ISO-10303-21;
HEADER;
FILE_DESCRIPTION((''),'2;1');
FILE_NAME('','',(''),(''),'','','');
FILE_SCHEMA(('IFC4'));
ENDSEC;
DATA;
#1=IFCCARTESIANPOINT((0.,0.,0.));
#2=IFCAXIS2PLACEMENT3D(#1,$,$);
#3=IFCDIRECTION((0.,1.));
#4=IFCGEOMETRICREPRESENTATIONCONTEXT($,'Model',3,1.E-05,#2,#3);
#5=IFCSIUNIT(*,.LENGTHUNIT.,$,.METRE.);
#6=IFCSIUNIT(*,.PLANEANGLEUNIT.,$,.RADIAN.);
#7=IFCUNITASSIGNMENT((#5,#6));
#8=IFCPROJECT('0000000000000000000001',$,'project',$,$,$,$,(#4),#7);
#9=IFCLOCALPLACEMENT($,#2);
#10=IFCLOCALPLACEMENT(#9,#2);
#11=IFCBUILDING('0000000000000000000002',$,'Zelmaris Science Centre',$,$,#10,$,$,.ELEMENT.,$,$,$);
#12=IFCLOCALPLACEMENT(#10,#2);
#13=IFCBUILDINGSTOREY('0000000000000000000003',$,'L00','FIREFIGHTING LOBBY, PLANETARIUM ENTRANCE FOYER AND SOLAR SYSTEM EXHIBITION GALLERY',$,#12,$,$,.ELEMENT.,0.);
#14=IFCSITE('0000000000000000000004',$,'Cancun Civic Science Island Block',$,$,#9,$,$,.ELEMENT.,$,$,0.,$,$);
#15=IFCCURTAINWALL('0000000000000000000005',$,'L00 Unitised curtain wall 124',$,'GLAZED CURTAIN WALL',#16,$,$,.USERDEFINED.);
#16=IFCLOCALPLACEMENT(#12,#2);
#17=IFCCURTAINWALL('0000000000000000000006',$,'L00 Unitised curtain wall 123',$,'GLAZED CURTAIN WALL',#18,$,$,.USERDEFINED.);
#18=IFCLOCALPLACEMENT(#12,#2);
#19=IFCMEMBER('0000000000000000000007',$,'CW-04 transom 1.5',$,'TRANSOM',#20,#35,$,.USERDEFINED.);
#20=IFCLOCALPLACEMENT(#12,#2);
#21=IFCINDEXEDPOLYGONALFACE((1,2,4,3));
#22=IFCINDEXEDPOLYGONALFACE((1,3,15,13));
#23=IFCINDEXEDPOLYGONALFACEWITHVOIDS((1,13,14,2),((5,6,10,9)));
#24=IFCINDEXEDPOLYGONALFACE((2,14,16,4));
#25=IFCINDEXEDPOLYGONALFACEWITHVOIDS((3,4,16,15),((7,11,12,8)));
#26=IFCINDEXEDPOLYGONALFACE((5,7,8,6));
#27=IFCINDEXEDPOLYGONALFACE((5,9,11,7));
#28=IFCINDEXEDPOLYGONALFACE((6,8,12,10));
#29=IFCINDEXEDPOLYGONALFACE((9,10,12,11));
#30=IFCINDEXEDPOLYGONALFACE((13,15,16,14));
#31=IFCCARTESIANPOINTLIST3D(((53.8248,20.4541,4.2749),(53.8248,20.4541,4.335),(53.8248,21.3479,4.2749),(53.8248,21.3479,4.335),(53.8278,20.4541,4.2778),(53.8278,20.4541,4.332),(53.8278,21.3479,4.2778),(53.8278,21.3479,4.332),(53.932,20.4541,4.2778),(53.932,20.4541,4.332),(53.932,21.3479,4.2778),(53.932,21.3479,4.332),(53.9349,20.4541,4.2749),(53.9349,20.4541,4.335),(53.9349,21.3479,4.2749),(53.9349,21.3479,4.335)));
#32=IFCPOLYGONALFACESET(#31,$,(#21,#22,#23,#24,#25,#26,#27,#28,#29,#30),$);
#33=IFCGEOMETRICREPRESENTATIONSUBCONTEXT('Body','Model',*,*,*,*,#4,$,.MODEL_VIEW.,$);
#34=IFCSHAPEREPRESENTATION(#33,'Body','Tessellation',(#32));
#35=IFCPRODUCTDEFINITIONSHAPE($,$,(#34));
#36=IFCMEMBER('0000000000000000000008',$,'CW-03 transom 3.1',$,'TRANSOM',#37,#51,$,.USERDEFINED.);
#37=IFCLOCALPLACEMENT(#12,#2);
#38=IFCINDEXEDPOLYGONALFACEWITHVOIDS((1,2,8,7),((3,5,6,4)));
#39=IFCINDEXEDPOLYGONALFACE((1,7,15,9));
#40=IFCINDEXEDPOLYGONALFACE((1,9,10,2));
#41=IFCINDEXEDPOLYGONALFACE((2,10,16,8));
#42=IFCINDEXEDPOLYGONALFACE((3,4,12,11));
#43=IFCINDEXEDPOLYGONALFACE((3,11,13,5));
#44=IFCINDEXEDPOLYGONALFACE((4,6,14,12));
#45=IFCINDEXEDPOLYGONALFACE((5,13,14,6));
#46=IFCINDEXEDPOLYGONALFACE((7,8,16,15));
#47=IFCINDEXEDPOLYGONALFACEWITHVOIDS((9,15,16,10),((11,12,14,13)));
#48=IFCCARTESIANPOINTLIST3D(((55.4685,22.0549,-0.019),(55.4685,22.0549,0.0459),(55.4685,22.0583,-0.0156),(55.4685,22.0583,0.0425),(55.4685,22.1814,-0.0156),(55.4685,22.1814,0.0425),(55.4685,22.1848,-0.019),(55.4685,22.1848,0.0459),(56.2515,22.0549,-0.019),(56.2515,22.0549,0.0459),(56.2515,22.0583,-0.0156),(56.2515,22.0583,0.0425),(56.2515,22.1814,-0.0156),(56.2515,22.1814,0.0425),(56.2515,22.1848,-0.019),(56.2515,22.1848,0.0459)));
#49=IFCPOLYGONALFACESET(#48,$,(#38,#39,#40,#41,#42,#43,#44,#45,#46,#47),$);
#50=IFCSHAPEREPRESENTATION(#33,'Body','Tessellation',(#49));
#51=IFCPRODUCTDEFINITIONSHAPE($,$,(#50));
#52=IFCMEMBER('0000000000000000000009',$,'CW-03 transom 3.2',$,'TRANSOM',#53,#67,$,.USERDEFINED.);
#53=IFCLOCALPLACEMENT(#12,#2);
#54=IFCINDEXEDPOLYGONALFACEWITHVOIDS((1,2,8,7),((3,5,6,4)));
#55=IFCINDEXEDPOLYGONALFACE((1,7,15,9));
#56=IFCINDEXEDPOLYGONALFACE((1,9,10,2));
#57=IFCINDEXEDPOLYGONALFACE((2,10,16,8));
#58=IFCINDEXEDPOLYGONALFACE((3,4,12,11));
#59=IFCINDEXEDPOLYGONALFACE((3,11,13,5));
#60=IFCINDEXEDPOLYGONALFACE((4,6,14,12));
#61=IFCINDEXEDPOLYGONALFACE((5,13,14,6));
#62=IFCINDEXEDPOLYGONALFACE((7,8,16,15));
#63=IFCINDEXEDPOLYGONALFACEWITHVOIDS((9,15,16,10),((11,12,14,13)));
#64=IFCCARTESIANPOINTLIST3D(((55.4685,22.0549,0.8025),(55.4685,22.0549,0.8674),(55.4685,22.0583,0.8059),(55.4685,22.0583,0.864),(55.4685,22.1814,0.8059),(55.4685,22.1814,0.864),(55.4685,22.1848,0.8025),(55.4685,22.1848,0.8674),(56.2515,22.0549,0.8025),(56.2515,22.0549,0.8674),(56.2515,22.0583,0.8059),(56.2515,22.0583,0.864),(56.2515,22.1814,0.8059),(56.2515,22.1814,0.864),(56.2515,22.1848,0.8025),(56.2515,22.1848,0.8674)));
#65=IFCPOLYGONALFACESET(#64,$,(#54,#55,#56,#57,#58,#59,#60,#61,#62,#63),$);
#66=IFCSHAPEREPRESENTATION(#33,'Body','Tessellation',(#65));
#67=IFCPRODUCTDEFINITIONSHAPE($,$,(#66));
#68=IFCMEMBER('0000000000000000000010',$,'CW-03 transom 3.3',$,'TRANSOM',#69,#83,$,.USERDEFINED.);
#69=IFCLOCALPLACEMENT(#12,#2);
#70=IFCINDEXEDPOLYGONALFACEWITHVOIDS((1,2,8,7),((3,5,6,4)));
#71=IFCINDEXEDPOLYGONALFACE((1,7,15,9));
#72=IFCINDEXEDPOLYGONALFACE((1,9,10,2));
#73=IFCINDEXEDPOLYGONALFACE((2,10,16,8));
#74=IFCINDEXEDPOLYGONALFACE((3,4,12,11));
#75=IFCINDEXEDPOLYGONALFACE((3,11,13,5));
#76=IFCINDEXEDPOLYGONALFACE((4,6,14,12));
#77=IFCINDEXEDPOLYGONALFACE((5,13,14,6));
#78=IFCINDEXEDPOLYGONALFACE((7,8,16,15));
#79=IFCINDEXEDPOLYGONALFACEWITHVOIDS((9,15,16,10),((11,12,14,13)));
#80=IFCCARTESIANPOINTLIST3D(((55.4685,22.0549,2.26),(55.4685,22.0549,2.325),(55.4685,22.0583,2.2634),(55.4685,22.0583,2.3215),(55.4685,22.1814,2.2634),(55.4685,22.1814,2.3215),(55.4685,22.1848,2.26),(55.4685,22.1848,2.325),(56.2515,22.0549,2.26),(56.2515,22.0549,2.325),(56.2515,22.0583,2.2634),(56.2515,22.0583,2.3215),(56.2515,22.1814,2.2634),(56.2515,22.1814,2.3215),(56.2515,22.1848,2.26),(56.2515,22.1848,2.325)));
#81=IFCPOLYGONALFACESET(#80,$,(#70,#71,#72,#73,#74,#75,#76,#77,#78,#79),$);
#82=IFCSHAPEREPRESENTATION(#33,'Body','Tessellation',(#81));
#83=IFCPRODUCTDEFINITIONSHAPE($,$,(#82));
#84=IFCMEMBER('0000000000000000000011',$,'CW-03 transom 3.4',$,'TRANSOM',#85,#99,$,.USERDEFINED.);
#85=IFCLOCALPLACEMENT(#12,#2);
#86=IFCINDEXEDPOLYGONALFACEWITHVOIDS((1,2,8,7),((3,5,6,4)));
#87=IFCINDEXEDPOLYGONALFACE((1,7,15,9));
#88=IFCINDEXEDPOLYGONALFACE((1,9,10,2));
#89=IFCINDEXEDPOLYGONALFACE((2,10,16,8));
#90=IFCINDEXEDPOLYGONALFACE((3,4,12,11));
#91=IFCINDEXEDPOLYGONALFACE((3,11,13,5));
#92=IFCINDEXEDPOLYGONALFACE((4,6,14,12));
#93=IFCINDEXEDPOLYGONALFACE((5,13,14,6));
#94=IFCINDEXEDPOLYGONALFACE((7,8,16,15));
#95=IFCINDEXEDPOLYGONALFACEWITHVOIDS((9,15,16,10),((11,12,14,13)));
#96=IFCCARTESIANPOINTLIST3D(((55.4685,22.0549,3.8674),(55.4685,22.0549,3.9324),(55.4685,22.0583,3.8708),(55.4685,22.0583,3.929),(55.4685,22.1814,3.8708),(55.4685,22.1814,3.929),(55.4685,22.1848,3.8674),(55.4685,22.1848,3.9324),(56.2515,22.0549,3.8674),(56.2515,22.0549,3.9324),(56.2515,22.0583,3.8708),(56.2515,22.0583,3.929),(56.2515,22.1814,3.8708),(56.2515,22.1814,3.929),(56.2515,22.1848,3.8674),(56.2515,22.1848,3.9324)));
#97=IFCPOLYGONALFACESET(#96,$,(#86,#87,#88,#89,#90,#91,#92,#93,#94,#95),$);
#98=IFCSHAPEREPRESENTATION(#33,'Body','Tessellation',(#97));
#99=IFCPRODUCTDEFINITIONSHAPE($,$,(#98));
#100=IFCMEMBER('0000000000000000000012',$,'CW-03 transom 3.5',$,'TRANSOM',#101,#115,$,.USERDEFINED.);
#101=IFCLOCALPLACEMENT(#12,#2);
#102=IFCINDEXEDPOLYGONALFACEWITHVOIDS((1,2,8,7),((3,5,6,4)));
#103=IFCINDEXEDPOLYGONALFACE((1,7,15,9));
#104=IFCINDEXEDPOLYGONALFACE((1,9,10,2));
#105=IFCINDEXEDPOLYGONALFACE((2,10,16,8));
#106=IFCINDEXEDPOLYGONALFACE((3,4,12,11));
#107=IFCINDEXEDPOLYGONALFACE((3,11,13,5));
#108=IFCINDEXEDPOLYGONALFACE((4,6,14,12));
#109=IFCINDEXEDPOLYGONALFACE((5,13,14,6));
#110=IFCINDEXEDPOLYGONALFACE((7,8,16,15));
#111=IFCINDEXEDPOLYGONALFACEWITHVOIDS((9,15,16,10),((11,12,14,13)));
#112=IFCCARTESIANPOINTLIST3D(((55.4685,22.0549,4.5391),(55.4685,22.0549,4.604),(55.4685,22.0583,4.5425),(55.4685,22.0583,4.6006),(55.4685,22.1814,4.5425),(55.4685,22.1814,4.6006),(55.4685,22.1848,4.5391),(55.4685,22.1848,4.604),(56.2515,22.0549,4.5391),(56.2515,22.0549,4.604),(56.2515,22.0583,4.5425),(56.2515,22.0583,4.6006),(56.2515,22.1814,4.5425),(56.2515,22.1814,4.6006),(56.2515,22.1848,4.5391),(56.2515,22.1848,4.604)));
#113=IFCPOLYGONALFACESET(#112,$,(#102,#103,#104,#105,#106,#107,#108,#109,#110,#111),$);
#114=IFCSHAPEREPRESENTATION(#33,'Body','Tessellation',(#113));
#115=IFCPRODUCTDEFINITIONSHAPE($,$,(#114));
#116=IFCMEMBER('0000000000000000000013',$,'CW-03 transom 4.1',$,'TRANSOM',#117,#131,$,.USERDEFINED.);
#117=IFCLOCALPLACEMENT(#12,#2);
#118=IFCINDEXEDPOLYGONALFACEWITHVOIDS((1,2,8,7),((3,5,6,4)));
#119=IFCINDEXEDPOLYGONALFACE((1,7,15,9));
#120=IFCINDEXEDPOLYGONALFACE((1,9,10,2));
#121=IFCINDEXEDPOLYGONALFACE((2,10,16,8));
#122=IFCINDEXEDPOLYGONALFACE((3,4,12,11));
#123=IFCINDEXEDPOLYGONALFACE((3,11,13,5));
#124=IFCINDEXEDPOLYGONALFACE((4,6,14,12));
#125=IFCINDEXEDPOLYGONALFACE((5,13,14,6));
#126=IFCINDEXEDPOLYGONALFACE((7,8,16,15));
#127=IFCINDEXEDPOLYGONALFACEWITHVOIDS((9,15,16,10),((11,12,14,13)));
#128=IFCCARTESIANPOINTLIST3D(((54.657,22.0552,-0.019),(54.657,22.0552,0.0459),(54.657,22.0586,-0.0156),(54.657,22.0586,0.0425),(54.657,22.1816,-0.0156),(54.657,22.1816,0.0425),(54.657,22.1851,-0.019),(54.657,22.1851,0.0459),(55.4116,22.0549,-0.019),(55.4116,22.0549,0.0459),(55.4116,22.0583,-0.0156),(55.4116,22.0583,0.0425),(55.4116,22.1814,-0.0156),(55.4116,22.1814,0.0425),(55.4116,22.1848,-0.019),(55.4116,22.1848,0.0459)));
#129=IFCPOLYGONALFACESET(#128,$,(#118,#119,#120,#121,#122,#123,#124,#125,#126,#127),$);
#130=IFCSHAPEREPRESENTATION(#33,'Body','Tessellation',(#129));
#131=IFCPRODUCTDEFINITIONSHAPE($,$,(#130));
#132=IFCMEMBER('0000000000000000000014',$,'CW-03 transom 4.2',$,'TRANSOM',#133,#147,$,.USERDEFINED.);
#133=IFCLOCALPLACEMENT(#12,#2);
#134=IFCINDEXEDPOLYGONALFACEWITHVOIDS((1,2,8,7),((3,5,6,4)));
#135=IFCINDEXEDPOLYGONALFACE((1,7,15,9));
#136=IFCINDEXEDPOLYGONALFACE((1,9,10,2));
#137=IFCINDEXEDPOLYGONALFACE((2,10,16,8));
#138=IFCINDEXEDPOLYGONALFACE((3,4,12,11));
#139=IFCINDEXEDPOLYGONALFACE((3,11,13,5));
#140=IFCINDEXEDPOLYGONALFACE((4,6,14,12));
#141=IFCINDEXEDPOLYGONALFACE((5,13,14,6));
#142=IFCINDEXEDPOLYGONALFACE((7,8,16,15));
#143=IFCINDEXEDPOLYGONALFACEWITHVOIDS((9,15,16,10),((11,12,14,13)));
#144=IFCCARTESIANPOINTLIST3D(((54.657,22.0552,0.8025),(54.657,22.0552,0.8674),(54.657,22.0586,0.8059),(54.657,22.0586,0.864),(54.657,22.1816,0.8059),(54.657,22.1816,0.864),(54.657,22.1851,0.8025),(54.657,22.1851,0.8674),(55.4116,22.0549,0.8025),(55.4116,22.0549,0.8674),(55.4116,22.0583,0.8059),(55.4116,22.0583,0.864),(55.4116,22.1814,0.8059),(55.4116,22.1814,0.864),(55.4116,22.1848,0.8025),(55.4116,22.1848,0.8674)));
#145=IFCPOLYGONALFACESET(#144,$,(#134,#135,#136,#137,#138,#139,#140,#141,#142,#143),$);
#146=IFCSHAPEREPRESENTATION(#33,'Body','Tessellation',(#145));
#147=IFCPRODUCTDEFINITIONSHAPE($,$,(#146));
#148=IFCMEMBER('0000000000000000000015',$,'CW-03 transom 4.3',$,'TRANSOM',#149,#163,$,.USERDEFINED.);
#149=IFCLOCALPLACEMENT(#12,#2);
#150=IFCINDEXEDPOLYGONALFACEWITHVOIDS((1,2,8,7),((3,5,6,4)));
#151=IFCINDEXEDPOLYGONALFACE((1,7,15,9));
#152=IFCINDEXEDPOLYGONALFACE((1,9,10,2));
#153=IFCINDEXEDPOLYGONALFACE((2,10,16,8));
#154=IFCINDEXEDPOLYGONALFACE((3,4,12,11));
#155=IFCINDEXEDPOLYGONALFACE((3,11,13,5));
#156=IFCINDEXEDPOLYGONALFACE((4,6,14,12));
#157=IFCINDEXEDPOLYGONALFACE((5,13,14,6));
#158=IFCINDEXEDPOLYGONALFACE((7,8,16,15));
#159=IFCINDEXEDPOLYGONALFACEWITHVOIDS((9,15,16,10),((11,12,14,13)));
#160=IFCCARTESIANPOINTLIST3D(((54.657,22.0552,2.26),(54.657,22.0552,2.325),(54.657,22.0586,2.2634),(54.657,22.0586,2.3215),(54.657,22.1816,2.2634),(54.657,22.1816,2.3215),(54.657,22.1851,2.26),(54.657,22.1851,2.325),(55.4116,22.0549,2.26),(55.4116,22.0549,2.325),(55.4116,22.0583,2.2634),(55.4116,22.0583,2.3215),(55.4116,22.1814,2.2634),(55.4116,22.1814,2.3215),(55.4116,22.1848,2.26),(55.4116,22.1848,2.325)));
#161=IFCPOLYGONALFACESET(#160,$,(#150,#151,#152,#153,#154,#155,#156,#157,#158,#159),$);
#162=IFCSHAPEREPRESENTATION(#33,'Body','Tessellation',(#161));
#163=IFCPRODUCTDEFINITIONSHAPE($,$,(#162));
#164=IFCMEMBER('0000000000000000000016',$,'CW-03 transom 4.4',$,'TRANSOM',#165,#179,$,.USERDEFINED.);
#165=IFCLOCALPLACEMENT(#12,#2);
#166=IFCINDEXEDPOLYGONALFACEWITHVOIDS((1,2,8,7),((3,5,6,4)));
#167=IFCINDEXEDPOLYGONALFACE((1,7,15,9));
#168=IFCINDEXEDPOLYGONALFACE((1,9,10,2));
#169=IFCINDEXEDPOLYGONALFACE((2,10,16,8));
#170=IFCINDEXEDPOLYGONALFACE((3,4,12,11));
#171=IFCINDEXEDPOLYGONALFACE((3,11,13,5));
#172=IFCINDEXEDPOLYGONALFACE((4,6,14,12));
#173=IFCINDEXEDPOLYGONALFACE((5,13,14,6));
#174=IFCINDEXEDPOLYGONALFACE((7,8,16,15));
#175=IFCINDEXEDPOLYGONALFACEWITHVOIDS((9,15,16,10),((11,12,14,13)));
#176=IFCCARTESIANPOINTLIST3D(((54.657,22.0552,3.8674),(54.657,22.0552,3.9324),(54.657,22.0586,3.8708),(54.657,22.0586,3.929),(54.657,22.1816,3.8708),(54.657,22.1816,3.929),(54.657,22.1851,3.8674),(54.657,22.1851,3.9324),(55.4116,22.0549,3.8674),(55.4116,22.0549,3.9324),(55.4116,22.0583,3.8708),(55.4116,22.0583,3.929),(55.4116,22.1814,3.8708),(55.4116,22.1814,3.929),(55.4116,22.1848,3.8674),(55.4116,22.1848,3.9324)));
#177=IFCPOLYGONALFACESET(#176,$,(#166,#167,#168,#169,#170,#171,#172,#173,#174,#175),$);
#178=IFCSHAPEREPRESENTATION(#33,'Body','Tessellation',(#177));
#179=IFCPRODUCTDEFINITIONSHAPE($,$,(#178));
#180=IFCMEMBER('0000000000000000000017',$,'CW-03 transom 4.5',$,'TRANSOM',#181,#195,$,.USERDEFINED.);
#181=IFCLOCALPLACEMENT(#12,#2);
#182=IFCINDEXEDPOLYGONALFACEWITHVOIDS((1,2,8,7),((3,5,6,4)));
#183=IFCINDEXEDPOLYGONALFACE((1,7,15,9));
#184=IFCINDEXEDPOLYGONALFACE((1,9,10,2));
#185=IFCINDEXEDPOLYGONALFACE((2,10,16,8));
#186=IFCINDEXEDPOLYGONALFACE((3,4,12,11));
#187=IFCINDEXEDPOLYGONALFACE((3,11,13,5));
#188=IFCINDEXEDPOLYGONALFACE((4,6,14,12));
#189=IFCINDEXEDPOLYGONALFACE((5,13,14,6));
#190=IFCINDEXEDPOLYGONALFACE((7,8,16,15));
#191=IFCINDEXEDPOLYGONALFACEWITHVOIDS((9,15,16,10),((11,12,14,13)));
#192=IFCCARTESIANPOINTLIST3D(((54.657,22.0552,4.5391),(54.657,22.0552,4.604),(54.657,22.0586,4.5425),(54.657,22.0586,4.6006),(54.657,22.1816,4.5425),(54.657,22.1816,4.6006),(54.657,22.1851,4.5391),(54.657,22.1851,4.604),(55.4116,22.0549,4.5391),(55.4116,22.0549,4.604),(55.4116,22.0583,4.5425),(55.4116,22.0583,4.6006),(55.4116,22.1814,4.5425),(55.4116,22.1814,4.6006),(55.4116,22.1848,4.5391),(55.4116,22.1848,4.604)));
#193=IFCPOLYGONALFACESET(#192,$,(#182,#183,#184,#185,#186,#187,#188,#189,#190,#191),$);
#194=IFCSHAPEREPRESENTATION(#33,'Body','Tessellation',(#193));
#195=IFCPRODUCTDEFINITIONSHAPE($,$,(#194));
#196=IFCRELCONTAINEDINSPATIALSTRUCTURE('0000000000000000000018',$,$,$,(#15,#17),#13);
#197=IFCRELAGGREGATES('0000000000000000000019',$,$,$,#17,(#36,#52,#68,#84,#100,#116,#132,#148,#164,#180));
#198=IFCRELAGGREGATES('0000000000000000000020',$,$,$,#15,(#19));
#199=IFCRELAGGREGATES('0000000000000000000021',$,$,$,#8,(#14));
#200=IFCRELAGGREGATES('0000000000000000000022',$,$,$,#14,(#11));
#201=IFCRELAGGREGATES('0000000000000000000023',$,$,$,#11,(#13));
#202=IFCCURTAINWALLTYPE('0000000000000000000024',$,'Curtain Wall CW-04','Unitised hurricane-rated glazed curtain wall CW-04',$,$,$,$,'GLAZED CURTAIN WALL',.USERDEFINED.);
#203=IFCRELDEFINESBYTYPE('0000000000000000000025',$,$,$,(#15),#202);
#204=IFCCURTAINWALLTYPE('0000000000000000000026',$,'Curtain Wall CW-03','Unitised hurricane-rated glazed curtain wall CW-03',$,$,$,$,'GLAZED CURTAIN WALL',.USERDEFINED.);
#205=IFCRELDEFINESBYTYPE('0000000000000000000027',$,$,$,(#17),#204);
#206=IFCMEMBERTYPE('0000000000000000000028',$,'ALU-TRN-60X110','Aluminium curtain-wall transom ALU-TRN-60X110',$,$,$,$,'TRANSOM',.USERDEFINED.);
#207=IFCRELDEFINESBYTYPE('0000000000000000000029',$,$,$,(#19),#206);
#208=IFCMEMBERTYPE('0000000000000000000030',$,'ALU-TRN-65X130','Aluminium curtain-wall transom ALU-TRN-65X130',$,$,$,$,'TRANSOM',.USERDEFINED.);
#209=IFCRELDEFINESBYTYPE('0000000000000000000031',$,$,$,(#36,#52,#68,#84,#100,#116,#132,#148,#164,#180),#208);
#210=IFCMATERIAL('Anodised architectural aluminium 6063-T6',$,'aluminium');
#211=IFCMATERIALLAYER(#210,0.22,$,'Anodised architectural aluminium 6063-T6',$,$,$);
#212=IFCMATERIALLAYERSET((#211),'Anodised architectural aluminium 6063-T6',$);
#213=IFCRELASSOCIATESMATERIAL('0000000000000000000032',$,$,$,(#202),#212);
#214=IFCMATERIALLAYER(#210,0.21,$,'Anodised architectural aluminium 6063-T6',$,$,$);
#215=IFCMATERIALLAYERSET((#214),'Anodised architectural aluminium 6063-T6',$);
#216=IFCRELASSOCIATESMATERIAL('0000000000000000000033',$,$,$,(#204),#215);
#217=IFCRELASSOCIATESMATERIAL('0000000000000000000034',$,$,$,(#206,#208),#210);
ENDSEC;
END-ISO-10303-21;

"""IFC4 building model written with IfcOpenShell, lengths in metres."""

from ifc_helpers import new_model, si_unit, direction, frame, origin, origin_2d, place, context, subcontext, project, spatial, hollow_rectangle, extrude, material, layer, layer_set, material_profile, profile_set, type_object, element, aggregate, save


model = new_model("IFC4")

# Units and contexts
model_context = context("Model", 3, precision=1e-05, world=origin(), true_north=direction((0.0, 1.0)))
body_context = subcontext(model_context, "Body", "Model", "MODEL_VIEW")
ifc_project = project(units=[si_unit("LENGTHUNIT", "METRE"), si_unit("PLANEANGLEUNIT", "RADIAN")], contexts=[model_context])

# Site, building, storey
site_placement = place(None, origin())
site = spatial("IfcSite", under=ifc_project, at=site_placement, Name="Cancun Civic Science Island Block", CompositionType="ELEMENT", RefElevation=0.0)
building_placement = place(site_placement, origin())
building = spatial("IfcBuilding", under=site, at=building_placement, Name="Zelmaris Science Centre", CompositionType="ELEMENT")
storey_placement = place(building_placement, origin())
storey = spatial("IfcBuildingStorey", under=building, at=storey_placement, Name="L00", Description="FIREFIGHTING LOBBY, PLANETARIUM ENTRANCE FOYER AND SOLAR SYSTEM EXHIBITION GALLERY", CompositionType="ELEMENT", Elevation=0.0)

# Curtain wall
ifc_material_1 = material(Name="Anodised architectural aluminium 6063-T6", Category="aluminium")
ifc_layer_1 = layer(ifc_material_1, 0.22, Name="Anodised architectural aluminium 6063-T6")
ifc_layer_set_1 = layer_set([ifc_layer_1], Name="Anodised architectural aluminium 6063-T6")
curtain_wall_type_1 = type_object("IfcCurtainWallType", Name="Curtain Wall CW-04", Description="Unitised hurricane-rated glazed curtain wall CW-04", ElementType="GLAZED CURTAIN WALL", PredefinedType="USERDEFINED", material=ifc_layer_set_1)
curtain_wall_1_placement = place(storey_placement, origin())
curtain_wall_1 = element("IfcCurtainWall", 1, at=curtain_wall_1_placement, inside=storey, type_object=curtain_wall_type_1, Name="L00 Unitised curtain wall 124", ObjectType="GLAZED CURTAIN WALL", PredefinedType="USERDEFINED")

# Curtain wall
ifc_layer_2 = layer(ifc_material_1, 0.21, Name="Anodised architectural aluminium 6063-T6")
ifc_layer_set_2 = layer_set([ifc_layer_2], Name="Anodised architectural aluminium 6063-T6")
curtain_wall_type_2 = type_object("IfcCurtainWallType", Name="Curtain Wall CW-03", Description="Unitised hurricane-rated glazed curtain wall CW-03", ElementType="GLAZED CURTAIN WALL", PredefinedType="USERDEFINED", material=ifc_layer_set_2)
curtain_wall_2_placement = place(storey_placement, origin())
curtain_wall_2 = element("IfcCurtainWall", 2, at=curtain_wall_2_placement, inside=storey, type_object=curtain_wall_type_2, Name="L00 Unitised curtain wall 123", ObjectType="GLAZED CURTAIN WALL", PredefinedType="USERDEFINED")

# Members
ifc_material_profile_1 = material_profile(ifc_material_1, hollow_rectangle(XDim=0.0601, YDim=0.1101, WallThickness=0.0029, at=origin_2d()), Name="ALU-TRN-60X110")
ifc_profile_set_1 = profile_set([ifc_material_profile_1], Name="Anodised architectural aluminium 6063-T6")
member_type_1 = type_object("IfcMemberType", Name="ALU-TRN-60X110", Description="Aluminium curtain-wall transom ALU-TRN-60X110", ElementType="TRANSOM", PredefinedType="USERDEFINED", material=ifc_profile_set_1)
member_1_placement = place(storey_placement, frame((53.8799, 21.3479, 4.3049), z_axis=(0.0, -1.0, 0.0), x_axis=(0.0, 0.0, 1.0)))
member_1 = element("IfcMember", 3, at=member_1_placement, type_object=member_type_1, Name="CW-04 transom 1.5", ObjectType="TRANSOM", PredefinedType="USERDEFINED", context=body_context, shape_type="SweptSolid", body=[
    extrude(hollow_rectangle(XDim=0.0601, YDim=0.1101, WallThickness=0.0029, at=origin_2d()), origin(), (0.0, 0.0, 1.0), 0.8938),
])
ifc_material_profile_2 = material_profile(ifc_material_1, hollow_rectangle(XDim=0.0649, YDim=0.1299, WallThickness=0.0034, at=origin_2d()), Name="ALU-TRN-65X130")
ifc_profile_set_2 = profile_set([ifc_material_profile_2], Name="Anodised architectural aluminium 6063-T6")
member_type_2 = type_object("IfcMemberType", Name="ALU-TRN-65X130", Description="Aluminium curtain-wall transom ALU-TRN-65X130", ElementType="TRANSOM", PredefinedType="USERDEFINED", material=ifc_profile_set_2)
member_2_placement = place(storey_placement, frame((56.2515, 22.1199, 0.0134), z_axis=(-1.0, 0.0, 0.0), x_axis=(0.0, 0.0, 1.0)))
member_2 = element("IfcMember", 4, at=member_2_placement, type_object=member_type_2, Name="CW-03 transom 3.1", ObjectType="TRANSOM", PredefinedType="USERDEFINED", context=body_context, shape_type="SweptSolid", body=[
    extrude(hollow_rectangle(XDim=0.0649, YDim=0.1299, WallThickness=0.0034, at=origin_2d()), origin(), (0.0, 0.0, 1.0), 0.783),
])
member_3_placement = place(storey_placement, frame((56.2515, 22.1199, 0.835), z_axis=(-1.0, 0.0, 0.0), x_axis=(0.0, 0.0, 1.0)))
member_3 = element("IfcMember", 5, at=member_3_placement, type_object=member_type_2, Name="CW-03 transom 3.2", ObjectType="TRANSOM", PredefinedType="USERDEFINED", context=body_context, shape_type="SweptSolid", body=[
    extrude(hollow_rectangle(XDim=0.0649, YDim=0.1299, WallThickness=0.0034, at=origin_2d()), origin(), (0.0, 0.0, 1.0), 0.783),
])
member_4_placement = place(storey_placement, frame((56.2515, 22.1199, 2.2925), z_axis=(-1.0, 0.0, 0.0), x_axis=(0.0, 0.0, 1.0)))
member_4 = element("IfcMember", 6, at=member_4_placement, type_object=member_type_2, Name="CW-03 transom 3.3", ObjectType="TRANSOM", PredefinedType="USERDEFINED", context=body_context, shape_type="SweptSolid", body=[
    extrude(hollow_rectangle(XDim=0.0649, YDim=0.1299, WallThickness=0.0034, at=origin_2d()), origin(), (0.0, 0.0, 1.0), 0.783),
])
member_5_placement = place(storey_placement, frame((56.2515, 22.1199, 3.8999), z_axis=(-1.0, 0.0, 0.0), x_axis=(0.0, 0.0, 1.0)))
member_5 = element("IfcMember", 7, at=member_5_placement, type_object=member_type_2, Name="CW-03 transom 3.4", ObjectType="TRANSOM", PredefinedType="USERDEFINED", context=body_context, shape_type="SweptSolid", body=[
    extrude(hollow_rectangle(XDim=0.0649, YDim=0.1299, WallThickness=0.0034, at=origin_2d()), origin(), (0.0, 0.0, 1.0), 0.783),
])
member_6_placement = place(storey_placement, frame((56.2515, 22.1199, 4.5715), z_axis=(-1.0, 0.0, 0.0), x_axis=(0.0, 0.0, 1.0)))
member_6 = element("IfcMember", 8, at=member_6_placement, type_object=member_type_2, Name="CW-03 transom 3.5", ObjectType="TRANSOM", PredefinedType="USERDEFINED", context=body_context, shape_type="SweptSolid", body=[
    extrude(hollow_rectangle(XDim=0.0649, YDim=0.1299, WallThickness=0.0034, at=origin_2d()), origin(), (0.0, 0.0, 1.0), 0.783),
])
member_7_placement = place(storey_placement, frame((55.4116, 22.1199, 0.0134), z_axis=(-1.0, 0.000324, 0.0), x_axis=(0.0, 0.0, 1.0)))
member_7 = element("IfcMember", 9, at=member_7_placement, type_object=member_type_2, Name="CW-03 transom 4.1", ObjectType="TRANSOM", PredefinedType="USERDEFINED", context=body_context, shape_type="SweptSolid", body=[
    extrude(hollow_rectangle(XDim=0.0649, YDim=0.1299, WallThickness=0.0034, at=origin_2d()), origin(), (0.0, 0.0, 1.0), 0.7546),
])
member_8_placement = place(storey_placement, frame((55.4116, 22.1199, 0.835), z_axis=(-1.0, 0.000324, 0.0), x_axis=(0.0, 0.0, 1.0)))
member_8 = element("IfcMember", 10, at=member_8_placement, type_object=member_type_2, Name="CW-03 transom 4.2", ObjectType="TRANSOM", PredefinedType="USERDEFINED", context=body_context, shape_type="SweptSolid", body=[
    extrude(hollow_rectangle(XDim=0.0649, YDim=0.1299, WallThickness=0.0034, at=origin_2d()), origin(), (0.0, 0.0, 1.0), 0.7546),
])
member_9_placement = place(storey_placement, frame((55.4116, 22.1199, 2.2925), z_axis=(-1.0, 0.000324, 0.0), x_axis=(0.0, 0.0, 1.0)))
member_9 = element("IfcMember", 11, at=member_9_placement, type_object=member_type_2, Name="CW-03 transom 4.3", ObjectType="TRANSOM", PredefinedType="USERDEFINED", context=body_context, shape_type="SweptSolid", body=[
    extrude(hollow_rectangle(XDim=0.0649, YDim=0.1299, WallThickness=0.0034, at=origin_2d()), origin(), (0.0, 0.0, 1.0), 0.7546),
])
member_10_placement = place(storey_placement, frame((55.4116, 22.1199, 3.8999), z_axis=(-1.0, 0.000324, 0.0), x_axis=(0.0, 0.0, 1.0)))
member_10 = element("IfcMember", 12, at=member_10_placement, type_object=member_type_2, Name="CW-03 transom 4.4", ObjectType="TRANSOM", PredefinedType="USERDEFINED", context=body_context, shape_type="SweptSolid", body=[
    extrude(hollow_rectangle(XDim=0.0649, YDim=0.1299, WallThickness=0.0034, at=origin_2d()), origin(), (0.0, 0.0, 1.0), 0.7546),
])
member_11_placement = place(storey_placement, frame((55.4116, 22.1199, 4.5715), z_axis=(-1.0, 0.000324, 0.0), x_axis=(0.0, 0.0, 1.0)))
member_11 = element("IfcMember", 13, at=member_11_placement, type_object=member_type_2, Name="CW-03 transom 4.5", ObjectType="TRANSOM", PredefinedType="USERDEFINED", context=body_context, shape_type="SweptSolid", body=[
    extrude(hollow_rectangle(XDim=0.0649, YDim=0.1299, WallThickness=0.0034, at=origin_2d()), origin(), (0.0, 0.0, 1.0), 0.7546),
])

aggregate(curtain_wall_2, [member_2, member_3, member_4, member_5, member_6, member_7, member_8, member_9, member_10, member_11])
aggregate(curtain_wall_1, [member_1])

save(model, "model.ifc")
